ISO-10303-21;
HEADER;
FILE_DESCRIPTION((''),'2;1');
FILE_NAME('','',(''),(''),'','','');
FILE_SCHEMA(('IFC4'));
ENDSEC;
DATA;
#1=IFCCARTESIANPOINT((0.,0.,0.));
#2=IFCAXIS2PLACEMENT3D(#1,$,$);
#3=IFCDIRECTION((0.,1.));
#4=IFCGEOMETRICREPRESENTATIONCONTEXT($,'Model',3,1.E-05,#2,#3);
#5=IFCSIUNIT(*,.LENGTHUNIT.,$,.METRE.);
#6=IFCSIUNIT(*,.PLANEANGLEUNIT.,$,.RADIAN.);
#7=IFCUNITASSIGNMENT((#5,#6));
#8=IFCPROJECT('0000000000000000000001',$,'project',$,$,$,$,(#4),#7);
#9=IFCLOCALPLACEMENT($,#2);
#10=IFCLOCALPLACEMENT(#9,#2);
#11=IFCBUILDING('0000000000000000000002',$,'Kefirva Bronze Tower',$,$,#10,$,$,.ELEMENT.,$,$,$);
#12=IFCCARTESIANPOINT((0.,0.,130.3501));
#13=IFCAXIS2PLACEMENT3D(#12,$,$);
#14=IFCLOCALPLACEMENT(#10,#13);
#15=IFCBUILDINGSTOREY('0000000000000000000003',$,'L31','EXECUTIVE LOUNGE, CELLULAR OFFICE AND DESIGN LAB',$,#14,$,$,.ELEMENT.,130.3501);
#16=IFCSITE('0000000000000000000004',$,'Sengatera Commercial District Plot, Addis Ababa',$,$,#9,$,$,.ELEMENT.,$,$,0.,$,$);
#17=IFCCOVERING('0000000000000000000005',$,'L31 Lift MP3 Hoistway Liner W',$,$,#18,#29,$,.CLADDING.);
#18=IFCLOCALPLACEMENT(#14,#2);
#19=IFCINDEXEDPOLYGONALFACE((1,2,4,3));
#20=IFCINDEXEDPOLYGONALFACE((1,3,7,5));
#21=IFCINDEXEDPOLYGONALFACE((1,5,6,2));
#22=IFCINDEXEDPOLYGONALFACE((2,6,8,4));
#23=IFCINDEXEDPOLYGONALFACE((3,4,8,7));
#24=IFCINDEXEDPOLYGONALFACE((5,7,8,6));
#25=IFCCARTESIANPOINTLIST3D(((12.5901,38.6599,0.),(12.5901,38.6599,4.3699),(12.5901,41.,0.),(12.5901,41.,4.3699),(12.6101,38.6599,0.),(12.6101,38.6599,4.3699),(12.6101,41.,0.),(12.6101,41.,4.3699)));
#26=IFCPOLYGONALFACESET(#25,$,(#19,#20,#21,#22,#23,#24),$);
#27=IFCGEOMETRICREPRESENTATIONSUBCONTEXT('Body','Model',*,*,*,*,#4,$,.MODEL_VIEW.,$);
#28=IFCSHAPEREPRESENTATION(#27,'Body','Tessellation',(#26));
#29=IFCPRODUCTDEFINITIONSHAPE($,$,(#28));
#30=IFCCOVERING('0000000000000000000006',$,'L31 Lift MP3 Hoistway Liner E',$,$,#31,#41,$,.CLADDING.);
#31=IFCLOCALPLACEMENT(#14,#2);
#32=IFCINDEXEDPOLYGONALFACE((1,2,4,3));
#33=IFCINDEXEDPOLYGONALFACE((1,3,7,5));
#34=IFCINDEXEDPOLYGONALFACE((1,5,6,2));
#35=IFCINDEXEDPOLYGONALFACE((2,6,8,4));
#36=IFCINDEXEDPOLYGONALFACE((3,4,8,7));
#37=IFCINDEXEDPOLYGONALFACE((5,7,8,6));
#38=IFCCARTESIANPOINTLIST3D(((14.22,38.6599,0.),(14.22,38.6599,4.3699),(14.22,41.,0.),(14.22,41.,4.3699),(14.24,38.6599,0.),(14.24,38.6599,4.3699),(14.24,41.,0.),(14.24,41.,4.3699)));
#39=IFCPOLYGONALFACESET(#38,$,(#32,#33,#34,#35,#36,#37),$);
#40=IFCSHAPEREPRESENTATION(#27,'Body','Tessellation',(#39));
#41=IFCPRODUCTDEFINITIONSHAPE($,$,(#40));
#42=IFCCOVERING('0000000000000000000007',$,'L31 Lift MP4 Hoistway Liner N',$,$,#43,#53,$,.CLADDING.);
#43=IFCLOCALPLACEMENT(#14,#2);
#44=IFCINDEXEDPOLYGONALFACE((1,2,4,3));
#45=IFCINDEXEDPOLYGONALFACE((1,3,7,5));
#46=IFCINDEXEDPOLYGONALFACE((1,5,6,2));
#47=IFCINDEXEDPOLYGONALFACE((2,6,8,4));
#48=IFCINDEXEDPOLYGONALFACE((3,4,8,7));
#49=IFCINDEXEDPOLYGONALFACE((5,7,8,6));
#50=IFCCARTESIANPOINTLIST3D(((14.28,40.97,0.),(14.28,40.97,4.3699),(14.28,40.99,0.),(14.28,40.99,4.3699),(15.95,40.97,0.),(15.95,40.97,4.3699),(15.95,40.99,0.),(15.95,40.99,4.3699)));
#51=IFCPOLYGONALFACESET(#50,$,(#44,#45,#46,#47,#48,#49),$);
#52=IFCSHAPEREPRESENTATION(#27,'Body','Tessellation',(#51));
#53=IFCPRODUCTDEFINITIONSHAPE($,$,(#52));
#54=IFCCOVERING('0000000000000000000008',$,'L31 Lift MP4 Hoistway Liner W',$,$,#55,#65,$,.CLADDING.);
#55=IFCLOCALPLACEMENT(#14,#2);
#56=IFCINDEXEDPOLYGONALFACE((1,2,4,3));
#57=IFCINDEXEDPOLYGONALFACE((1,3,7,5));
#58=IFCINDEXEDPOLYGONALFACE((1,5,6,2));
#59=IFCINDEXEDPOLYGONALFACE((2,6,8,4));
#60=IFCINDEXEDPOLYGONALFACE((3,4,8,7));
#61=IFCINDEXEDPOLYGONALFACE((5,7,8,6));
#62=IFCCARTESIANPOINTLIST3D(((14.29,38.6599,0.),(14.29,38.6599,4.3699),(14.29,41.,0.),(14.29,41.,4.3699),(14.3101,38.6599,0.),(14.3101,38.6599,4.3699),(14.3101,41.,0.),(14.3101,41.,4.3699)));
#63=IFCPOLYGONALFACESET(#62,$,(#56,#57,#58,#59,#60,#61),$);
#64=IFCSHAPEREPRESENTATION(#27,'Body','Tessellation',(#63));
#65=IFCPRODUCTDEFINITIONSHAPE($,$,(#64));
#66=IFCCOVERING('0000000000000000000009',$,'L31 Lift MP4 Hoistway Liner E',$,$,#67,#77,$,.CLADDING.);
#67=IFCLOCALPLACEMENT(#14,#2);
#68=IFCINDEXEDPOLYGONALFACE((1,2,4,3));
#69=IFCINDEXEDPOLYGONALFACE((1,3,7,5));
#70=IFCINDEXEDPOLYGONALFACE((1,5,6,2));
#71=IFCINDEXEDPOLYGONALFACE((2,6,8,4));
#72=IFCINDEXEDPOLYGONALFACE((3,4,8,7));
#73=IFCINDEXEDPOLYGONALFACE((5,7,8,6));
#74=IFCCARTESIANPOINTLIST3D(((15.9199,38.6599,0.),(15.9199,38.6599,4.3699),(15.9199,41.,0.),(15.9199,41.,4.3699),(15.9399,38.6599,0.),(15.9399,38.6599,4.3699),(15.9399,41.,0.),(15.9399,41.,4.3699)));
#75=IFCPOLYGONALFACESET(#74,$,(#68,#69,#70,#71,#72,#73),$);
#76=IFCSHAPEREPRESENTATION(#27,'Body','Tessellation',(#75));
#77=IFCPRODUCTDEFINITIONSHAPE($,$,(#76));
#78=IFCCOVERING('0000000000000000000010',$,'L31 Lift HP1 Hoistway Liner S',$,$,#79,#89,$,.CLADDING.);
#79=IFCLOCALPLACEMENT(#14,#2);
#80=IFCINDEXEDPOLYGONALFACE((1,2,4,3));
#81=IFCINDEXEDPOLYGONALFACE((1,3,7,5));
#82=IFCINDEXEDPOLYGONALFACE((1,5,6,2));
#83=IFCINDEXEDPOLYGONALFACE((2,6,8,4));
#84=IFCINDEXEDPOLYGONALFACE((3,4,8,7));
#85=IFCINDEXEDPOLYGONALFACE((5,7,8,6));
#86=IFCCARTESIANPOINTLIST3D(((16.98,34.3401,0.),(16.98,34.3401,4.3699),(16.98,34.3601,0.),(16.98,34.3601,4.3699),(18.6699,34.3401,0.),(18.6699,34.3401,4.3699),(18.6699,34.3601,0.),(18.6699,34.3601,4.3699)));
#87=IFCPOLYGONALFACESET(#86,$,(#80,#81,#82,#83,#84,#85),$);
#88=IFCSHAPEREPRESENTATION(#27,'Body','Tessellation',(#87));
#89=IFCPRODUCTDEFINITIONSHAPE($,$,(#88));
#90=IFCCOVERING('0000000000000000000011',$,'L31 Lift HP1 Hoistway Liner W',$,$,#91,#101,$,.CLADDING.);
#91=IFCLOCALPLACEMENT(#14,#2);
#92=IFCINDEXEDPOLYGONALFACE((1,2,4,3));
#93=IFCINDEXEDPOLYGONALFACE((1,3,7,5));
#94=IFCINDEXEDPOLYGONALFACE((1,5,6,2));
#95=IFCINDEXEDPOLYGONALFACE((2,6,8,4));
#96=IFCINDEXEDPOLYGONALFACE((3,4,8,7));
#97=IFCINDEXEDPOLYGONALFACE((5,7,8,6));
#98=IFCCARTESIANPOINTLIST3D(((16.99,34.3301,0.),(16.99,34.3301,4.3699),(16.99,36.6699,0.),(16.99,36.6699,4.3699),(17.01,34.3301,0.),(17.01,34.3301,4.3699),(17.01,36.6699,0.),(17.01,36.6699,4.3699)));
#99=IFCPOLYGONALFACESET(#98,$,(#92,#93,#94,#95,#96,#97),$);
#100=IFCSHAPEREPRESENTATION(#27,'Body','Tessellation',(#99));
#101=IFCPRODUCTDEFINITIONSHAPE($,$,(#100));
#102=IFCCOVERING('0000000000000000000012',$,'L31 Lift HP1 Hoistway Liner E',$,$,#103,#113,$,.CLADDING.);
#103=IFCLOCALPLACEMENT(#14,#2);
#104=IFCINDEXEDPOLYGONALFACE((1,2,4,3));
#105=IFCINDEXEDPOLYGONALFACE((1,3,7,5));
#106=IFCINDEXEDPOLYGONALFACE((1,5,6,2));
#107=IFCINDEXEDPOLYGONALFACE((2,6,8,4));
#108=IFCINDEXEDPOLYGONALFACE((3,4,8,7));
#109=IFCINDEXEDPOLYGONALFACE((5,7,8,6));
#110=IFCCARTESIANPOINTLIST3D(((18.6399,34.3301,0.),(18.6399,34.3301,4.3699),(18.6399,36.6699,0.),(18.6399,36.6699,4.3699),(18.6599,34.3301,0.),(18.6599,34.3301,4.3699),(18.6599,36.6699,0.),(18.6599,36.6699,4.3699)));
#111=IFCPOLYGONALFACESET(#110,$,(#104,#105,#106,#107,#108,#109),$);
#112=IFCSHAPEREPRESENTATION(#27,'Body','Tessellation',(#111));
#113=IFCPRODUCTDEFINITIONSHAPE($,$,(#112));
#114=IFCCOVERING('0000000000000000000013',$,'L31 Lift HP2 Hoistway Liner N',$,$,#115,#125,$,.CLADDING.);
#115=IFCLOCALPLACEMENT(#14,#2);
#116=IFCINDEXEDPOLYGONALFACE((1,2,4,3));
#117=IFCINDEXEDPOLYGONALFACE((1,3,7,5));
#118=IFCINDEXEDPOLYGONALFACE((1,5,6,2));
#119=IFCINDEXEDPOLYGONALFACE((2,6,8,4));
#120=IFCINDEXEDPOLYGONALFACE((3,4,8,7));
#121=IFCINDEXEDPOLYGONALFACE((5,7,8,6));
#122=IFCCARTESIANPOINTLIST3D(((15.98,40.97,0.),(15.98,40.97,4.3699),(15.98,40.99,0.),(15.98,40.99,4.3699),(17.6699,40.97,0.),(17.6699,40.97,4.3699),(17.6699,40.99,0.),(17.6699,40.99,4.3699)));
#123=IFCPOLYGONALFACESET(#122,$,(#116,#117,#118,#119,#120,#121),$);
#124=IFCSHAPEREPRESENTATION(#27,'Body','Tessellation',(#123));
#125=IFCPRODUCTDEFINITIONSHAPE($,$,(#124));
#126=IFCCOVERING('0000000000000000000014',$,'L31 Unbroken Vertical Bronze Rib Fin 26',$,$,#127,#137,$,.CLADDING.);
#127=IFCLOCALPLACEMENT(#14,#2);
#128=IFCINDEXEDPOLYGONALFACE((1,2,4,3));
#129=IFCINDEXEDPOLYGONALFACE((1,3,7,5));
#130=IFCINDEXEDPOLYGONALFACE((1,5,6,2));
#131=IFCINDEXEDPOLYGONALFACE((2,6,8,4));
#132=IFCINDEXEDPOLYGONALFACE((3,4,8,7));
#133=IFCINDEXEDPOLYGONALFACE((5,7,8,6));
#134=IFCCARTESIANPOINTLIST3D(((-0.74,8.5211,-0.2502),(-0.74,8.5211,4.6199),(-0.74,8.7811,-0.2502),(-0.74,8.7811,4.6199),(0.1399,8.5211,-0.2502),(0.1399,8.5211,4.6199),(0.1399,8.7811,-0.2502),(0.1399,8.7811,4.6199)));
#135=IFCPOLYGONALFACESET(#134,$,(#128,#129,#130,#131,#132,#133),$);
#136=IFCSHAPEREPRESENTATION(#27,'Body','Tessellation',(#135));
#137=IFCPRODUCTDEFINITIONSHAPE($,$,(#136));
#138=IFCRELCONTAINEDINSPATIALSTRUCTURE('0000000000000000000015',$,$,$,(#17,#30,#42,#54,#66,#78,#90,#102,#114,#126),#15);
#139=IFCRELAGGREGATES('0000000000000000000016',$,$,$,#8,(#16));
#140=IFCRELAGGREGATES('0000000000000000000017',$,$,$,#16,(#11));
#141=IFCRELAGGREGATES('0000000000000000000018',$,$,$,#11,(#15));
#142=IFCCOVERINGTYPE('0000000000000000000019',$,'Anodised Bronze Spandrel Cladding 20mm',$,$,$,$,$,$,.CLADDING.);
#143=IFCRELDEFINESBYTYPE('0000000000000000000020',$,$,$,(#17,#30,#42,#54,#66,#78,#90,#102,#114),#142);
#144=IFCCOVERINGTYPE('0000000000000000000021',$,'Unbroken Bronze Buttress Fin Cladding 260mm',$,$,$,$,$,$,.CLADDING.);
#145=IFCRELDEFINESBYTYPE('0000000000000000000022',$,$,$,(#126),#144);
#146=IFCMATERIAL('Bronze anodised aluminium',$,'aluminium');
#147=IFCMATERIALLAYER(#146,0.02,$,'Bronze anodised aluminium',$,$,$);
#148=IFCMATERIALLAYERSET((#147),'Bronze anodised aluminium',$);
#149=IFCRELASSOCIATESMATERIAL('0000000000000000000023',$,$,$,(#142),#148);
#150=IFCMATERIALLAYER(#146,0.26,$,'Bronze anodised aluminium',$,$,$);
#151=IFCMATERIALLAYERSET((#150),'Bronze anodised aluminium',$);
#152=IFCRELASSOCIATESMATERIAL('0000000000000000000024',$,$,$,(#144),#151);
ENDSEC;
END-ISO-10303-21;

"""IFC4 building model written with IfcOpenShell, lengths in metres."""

from ifc_helpers import new_model, si_unit, direction, frame, origin, origin_2d, place, context, subcontext, project, spatial, polyline, rectangle, outline, extrude, material, layer, layer_set, type_object, element, save


model = new_model("IFC4")

# Units and contexts
model_context = context("Model", 3, precision=1e-05, world=origin(), true_north=direction((0.0, 1.0)))
body_context = subcontext(model_context, "Body", "Model", "MODEL_VIEW")
ifc_project = project(units=[si_unit("LENGTHUNIT", "METRE"), si_unit("PLANEANGLEUNIT", "RADIAN")], contexts=[model_context])

# Site, building, storey
site_placement = place(None, origin())
site = spatial("IfcSite", under=ifc_project, at=site_placement, Name="Sengatera Commercial District Plot, Addis Ababa", CompositionType="ELEMENT", RefElevation=0.0)
building_placement = place(site_placement, origin())
building = spatial("IfcBuilding", under=site, at=building_placement, Name="Kefirva Bronze Tower", CompositionType="ELEMENT")
storey_placement = place(building_placement, frame((0.0, 0.0, 130.3501)))
storey = spatial("IfcBuildingStorey", under=building, at=storey_placement, Name="L31", Description="EXECUTIVE LOUNGE, CELLULAR OFFICE AND DESIGN LAB", CompositionType="ELEMENT", Elevation=130.3501)

# Coverings
ifc_material = material(Name="Bronze anodised aluminium", Category="aluminium")
ifc_layer_1 = layer(ifc_material, 0.02, Name="Bronze anodised aluminium")
ifc_layer_set_1 = layer_set([ifc_layer_1], Name="Bronze anodised aluminium")
covering_type_1 = type_object("IfcCoveringType", Name="Anodised Bronze Spandrel Cladding 20mm", PredefinedType="CLADDING", material=ifc_layer_set_1)
covering_1_placement = place(storey_placement, origin())
element("IfcCovering", 1, at=covering_1_placement, inside=storey, type_object=covering_type_1, Name="L31 Lift MP3 Hoistway Liner W", PredefinedType="CLADDING", context=body_context, shape_type="SweptSolid", body=[
    extrude(outline(polyline([(12.5901, 38.6599), (12.6101, 38.6599), (12.6101, 41.0), (12.5901, 41.0), (12.5901, 38.6599)])), origin(), (0.0, 0.0, 1.0), 4.3699),
])
covering_2_placement = place(storey_placement, origin())
element("IfcCovering", 2, at=covering_2_placement, inside=storey, type_object=covering_type_1, Name="L31 Lift MP3 Hoistway Liner E", PredefinedType="CLADDING", context=body_context, shape_type="SweptSolid", body=[
    extrude(outline(polyline([(14.22, 38.6599), (14.24, 38.6599), (14.24, 41.0), (14.22, 41.0), (14.22, 38.6599)])), origin(), (0.0, 0.0, 1.0), 4.3699),
])
covering_3_placement = place(storey_placement, origin())
element("IfcCovering", 3, at=covering_3_placement, inside=storey, type_object=covering_type_1, Name="L31 Lift MP4 Hoistway Liner N", PredefinedType="CLADDING", context=body_context, shape_type="SweptSolid", body=[
    extrude(outline(polyline([(14.28, 40.97), (15.95, 40.97), (15.95, 40.99), (14.28, 40.99), (14.28, 40.97)])), origin(), (0.0, 0.0, 1.0), 4.3699),
])
covering_4_placement = place(storey_placement, origin())
element("IfcCovering", 4, at=covering_4_placement, inside=storey, type_object=covering_type_1, Name="L31 Lift MP4 Hoistway Liner W", PredefinedType="CLADDING", context=body_context, shape_type="SweptSolid", body=[
    extrude(outline(polyline([(14.29, 38.6599), (14.3101, 38.6599), (14.3101, 41.0), (14.29, 41.0), (14.29, 38.6599)])), origin(), (0.0, 0.0, 1.0), 4.3699),
])
covering_5_placement = place(storey_placement, origin())
element("IfcCovering", 5, at=covering_5_placement, inside=storey, type_object=covering_type_1, Name="L31 Lift MP4 Hoistway Liner E", PredefinedType="CLADDING", context=body_context, shape_type="SweptSolid", body=[
    extrude(outline(polyline([(15.9199, 38.6599), (15.9399, 38.6599), (15.9399, 41.0), (15.9199, 41.0), (15.9199, 38.6599)])), origin(), (0.0, 0.0, 1.0), 4.3699),
])
covering_6_placement = place(storey_placement, origin())
element("IfcCovering", 6, at=covering_6_placement, inside=storey, type_object=covering_type_1, Name="L31 Lift HP1 Hoistway Liner S", PredefinedType="CLADDING", context=body_context, shape_type="SweptSolid", body=[
    extrude(outline(polyline([(16.98, 34.3401), (18.6699, 34.3401), (18.6699, 34.3601), (16.98, 34.3601), (16.98, 34.3401)])), origin(), (0.0, 0.0, 1.0), 4.3699),
])
covering_7_placement = place(storey_placement, origin())
element("IfcCovering", 7, at=covering_7_placement, inside=storey, type_object=covering_type_1, Name="L31 Lift HP1 Hoistway Liner W", PredefinedType="CLADDING", context=body_context, shape_type="SweptSolid", body=[
    extrude(outline(polyline([(16.99, 34.3301), (17.01, 34.3301), (17.01, 36.6699), (16.99, 36.6699), (16.99, 34.3301)])), origin(), (0.0, 0.0, 1.0), 4.3699),
])
covering_8_placement = place(storey_placement, origin())
element("IfcCovering", 8, at=covering_8_placement, inside=storey, type_object=covering_type_1, Name="L31 Lift HP1 Hoistway Liner E", PredefinedType="CLADDING", context=body_context, shape_type="SweptSolid", body=[
    extrude(outline(polyline([(18.6399, 34.3301), (18.6599, 34.3301), (18.6599, 36.6699), (18.6399, 36.6699), (18.6399, 34.3301)])), origin(), (0.0, 0.0, 1.0), 4.3699),
])
covering_9_placement = place(storey_placement, origin())
element("IfcCovering", 9, at=covering_9_placement, inside=storey, type_object=covering_type_1, Name="L31 Lift HP2 Hoistway Liner N", PredefinedType="CLADDING", context=body_context, shape_type="SweptSolid", body=[
    extrude(outline(polyline([(15.98, 40.97), (17.6699, 40.97), (17.6699, 40.99), (15.98, 40.99), (15.98, 40.97)])), origin(), (0.0, 0.0, 1.0), 4.3699),
])
ifc_layer_2 = layer(ifc_material, 0.26, Name="Bronze anodised aluminium")
ifc_layer_set_2 = layer_set([ifc_layer_2], Name="Bronze anodised aluminium")
covering_type_2 = type_object("IfcCoveringType", Name="Unbroken Bronze Buttress Fin Cladding 260mm", PredefinedType="CLADDING", material=ifc_layer_set_2)
covering_10_placement = place(storey_placement, frame((-0.3, 8.6511, -0.2502), z_axis=(0.0, 0.0, 1.0), x_axis=(0.0, -1.0, 0.0)))
element("IfcCovering", 10, at=covering_10_placement, inside=storey, type_object=covering_type_2, Name="L31 Unbroken Vertical Bronze Rib Fin 26", PredefinedType="CLADDING", context=body_context, shape_type="SweptSolid", body=[
    extrude(rectangle(XDim=0.26, YDim=0.8799, at=origin_2d()), origin(), (0.0, 0.0, 1.0), 4.8701),
])

save(model, "model.ifc")
